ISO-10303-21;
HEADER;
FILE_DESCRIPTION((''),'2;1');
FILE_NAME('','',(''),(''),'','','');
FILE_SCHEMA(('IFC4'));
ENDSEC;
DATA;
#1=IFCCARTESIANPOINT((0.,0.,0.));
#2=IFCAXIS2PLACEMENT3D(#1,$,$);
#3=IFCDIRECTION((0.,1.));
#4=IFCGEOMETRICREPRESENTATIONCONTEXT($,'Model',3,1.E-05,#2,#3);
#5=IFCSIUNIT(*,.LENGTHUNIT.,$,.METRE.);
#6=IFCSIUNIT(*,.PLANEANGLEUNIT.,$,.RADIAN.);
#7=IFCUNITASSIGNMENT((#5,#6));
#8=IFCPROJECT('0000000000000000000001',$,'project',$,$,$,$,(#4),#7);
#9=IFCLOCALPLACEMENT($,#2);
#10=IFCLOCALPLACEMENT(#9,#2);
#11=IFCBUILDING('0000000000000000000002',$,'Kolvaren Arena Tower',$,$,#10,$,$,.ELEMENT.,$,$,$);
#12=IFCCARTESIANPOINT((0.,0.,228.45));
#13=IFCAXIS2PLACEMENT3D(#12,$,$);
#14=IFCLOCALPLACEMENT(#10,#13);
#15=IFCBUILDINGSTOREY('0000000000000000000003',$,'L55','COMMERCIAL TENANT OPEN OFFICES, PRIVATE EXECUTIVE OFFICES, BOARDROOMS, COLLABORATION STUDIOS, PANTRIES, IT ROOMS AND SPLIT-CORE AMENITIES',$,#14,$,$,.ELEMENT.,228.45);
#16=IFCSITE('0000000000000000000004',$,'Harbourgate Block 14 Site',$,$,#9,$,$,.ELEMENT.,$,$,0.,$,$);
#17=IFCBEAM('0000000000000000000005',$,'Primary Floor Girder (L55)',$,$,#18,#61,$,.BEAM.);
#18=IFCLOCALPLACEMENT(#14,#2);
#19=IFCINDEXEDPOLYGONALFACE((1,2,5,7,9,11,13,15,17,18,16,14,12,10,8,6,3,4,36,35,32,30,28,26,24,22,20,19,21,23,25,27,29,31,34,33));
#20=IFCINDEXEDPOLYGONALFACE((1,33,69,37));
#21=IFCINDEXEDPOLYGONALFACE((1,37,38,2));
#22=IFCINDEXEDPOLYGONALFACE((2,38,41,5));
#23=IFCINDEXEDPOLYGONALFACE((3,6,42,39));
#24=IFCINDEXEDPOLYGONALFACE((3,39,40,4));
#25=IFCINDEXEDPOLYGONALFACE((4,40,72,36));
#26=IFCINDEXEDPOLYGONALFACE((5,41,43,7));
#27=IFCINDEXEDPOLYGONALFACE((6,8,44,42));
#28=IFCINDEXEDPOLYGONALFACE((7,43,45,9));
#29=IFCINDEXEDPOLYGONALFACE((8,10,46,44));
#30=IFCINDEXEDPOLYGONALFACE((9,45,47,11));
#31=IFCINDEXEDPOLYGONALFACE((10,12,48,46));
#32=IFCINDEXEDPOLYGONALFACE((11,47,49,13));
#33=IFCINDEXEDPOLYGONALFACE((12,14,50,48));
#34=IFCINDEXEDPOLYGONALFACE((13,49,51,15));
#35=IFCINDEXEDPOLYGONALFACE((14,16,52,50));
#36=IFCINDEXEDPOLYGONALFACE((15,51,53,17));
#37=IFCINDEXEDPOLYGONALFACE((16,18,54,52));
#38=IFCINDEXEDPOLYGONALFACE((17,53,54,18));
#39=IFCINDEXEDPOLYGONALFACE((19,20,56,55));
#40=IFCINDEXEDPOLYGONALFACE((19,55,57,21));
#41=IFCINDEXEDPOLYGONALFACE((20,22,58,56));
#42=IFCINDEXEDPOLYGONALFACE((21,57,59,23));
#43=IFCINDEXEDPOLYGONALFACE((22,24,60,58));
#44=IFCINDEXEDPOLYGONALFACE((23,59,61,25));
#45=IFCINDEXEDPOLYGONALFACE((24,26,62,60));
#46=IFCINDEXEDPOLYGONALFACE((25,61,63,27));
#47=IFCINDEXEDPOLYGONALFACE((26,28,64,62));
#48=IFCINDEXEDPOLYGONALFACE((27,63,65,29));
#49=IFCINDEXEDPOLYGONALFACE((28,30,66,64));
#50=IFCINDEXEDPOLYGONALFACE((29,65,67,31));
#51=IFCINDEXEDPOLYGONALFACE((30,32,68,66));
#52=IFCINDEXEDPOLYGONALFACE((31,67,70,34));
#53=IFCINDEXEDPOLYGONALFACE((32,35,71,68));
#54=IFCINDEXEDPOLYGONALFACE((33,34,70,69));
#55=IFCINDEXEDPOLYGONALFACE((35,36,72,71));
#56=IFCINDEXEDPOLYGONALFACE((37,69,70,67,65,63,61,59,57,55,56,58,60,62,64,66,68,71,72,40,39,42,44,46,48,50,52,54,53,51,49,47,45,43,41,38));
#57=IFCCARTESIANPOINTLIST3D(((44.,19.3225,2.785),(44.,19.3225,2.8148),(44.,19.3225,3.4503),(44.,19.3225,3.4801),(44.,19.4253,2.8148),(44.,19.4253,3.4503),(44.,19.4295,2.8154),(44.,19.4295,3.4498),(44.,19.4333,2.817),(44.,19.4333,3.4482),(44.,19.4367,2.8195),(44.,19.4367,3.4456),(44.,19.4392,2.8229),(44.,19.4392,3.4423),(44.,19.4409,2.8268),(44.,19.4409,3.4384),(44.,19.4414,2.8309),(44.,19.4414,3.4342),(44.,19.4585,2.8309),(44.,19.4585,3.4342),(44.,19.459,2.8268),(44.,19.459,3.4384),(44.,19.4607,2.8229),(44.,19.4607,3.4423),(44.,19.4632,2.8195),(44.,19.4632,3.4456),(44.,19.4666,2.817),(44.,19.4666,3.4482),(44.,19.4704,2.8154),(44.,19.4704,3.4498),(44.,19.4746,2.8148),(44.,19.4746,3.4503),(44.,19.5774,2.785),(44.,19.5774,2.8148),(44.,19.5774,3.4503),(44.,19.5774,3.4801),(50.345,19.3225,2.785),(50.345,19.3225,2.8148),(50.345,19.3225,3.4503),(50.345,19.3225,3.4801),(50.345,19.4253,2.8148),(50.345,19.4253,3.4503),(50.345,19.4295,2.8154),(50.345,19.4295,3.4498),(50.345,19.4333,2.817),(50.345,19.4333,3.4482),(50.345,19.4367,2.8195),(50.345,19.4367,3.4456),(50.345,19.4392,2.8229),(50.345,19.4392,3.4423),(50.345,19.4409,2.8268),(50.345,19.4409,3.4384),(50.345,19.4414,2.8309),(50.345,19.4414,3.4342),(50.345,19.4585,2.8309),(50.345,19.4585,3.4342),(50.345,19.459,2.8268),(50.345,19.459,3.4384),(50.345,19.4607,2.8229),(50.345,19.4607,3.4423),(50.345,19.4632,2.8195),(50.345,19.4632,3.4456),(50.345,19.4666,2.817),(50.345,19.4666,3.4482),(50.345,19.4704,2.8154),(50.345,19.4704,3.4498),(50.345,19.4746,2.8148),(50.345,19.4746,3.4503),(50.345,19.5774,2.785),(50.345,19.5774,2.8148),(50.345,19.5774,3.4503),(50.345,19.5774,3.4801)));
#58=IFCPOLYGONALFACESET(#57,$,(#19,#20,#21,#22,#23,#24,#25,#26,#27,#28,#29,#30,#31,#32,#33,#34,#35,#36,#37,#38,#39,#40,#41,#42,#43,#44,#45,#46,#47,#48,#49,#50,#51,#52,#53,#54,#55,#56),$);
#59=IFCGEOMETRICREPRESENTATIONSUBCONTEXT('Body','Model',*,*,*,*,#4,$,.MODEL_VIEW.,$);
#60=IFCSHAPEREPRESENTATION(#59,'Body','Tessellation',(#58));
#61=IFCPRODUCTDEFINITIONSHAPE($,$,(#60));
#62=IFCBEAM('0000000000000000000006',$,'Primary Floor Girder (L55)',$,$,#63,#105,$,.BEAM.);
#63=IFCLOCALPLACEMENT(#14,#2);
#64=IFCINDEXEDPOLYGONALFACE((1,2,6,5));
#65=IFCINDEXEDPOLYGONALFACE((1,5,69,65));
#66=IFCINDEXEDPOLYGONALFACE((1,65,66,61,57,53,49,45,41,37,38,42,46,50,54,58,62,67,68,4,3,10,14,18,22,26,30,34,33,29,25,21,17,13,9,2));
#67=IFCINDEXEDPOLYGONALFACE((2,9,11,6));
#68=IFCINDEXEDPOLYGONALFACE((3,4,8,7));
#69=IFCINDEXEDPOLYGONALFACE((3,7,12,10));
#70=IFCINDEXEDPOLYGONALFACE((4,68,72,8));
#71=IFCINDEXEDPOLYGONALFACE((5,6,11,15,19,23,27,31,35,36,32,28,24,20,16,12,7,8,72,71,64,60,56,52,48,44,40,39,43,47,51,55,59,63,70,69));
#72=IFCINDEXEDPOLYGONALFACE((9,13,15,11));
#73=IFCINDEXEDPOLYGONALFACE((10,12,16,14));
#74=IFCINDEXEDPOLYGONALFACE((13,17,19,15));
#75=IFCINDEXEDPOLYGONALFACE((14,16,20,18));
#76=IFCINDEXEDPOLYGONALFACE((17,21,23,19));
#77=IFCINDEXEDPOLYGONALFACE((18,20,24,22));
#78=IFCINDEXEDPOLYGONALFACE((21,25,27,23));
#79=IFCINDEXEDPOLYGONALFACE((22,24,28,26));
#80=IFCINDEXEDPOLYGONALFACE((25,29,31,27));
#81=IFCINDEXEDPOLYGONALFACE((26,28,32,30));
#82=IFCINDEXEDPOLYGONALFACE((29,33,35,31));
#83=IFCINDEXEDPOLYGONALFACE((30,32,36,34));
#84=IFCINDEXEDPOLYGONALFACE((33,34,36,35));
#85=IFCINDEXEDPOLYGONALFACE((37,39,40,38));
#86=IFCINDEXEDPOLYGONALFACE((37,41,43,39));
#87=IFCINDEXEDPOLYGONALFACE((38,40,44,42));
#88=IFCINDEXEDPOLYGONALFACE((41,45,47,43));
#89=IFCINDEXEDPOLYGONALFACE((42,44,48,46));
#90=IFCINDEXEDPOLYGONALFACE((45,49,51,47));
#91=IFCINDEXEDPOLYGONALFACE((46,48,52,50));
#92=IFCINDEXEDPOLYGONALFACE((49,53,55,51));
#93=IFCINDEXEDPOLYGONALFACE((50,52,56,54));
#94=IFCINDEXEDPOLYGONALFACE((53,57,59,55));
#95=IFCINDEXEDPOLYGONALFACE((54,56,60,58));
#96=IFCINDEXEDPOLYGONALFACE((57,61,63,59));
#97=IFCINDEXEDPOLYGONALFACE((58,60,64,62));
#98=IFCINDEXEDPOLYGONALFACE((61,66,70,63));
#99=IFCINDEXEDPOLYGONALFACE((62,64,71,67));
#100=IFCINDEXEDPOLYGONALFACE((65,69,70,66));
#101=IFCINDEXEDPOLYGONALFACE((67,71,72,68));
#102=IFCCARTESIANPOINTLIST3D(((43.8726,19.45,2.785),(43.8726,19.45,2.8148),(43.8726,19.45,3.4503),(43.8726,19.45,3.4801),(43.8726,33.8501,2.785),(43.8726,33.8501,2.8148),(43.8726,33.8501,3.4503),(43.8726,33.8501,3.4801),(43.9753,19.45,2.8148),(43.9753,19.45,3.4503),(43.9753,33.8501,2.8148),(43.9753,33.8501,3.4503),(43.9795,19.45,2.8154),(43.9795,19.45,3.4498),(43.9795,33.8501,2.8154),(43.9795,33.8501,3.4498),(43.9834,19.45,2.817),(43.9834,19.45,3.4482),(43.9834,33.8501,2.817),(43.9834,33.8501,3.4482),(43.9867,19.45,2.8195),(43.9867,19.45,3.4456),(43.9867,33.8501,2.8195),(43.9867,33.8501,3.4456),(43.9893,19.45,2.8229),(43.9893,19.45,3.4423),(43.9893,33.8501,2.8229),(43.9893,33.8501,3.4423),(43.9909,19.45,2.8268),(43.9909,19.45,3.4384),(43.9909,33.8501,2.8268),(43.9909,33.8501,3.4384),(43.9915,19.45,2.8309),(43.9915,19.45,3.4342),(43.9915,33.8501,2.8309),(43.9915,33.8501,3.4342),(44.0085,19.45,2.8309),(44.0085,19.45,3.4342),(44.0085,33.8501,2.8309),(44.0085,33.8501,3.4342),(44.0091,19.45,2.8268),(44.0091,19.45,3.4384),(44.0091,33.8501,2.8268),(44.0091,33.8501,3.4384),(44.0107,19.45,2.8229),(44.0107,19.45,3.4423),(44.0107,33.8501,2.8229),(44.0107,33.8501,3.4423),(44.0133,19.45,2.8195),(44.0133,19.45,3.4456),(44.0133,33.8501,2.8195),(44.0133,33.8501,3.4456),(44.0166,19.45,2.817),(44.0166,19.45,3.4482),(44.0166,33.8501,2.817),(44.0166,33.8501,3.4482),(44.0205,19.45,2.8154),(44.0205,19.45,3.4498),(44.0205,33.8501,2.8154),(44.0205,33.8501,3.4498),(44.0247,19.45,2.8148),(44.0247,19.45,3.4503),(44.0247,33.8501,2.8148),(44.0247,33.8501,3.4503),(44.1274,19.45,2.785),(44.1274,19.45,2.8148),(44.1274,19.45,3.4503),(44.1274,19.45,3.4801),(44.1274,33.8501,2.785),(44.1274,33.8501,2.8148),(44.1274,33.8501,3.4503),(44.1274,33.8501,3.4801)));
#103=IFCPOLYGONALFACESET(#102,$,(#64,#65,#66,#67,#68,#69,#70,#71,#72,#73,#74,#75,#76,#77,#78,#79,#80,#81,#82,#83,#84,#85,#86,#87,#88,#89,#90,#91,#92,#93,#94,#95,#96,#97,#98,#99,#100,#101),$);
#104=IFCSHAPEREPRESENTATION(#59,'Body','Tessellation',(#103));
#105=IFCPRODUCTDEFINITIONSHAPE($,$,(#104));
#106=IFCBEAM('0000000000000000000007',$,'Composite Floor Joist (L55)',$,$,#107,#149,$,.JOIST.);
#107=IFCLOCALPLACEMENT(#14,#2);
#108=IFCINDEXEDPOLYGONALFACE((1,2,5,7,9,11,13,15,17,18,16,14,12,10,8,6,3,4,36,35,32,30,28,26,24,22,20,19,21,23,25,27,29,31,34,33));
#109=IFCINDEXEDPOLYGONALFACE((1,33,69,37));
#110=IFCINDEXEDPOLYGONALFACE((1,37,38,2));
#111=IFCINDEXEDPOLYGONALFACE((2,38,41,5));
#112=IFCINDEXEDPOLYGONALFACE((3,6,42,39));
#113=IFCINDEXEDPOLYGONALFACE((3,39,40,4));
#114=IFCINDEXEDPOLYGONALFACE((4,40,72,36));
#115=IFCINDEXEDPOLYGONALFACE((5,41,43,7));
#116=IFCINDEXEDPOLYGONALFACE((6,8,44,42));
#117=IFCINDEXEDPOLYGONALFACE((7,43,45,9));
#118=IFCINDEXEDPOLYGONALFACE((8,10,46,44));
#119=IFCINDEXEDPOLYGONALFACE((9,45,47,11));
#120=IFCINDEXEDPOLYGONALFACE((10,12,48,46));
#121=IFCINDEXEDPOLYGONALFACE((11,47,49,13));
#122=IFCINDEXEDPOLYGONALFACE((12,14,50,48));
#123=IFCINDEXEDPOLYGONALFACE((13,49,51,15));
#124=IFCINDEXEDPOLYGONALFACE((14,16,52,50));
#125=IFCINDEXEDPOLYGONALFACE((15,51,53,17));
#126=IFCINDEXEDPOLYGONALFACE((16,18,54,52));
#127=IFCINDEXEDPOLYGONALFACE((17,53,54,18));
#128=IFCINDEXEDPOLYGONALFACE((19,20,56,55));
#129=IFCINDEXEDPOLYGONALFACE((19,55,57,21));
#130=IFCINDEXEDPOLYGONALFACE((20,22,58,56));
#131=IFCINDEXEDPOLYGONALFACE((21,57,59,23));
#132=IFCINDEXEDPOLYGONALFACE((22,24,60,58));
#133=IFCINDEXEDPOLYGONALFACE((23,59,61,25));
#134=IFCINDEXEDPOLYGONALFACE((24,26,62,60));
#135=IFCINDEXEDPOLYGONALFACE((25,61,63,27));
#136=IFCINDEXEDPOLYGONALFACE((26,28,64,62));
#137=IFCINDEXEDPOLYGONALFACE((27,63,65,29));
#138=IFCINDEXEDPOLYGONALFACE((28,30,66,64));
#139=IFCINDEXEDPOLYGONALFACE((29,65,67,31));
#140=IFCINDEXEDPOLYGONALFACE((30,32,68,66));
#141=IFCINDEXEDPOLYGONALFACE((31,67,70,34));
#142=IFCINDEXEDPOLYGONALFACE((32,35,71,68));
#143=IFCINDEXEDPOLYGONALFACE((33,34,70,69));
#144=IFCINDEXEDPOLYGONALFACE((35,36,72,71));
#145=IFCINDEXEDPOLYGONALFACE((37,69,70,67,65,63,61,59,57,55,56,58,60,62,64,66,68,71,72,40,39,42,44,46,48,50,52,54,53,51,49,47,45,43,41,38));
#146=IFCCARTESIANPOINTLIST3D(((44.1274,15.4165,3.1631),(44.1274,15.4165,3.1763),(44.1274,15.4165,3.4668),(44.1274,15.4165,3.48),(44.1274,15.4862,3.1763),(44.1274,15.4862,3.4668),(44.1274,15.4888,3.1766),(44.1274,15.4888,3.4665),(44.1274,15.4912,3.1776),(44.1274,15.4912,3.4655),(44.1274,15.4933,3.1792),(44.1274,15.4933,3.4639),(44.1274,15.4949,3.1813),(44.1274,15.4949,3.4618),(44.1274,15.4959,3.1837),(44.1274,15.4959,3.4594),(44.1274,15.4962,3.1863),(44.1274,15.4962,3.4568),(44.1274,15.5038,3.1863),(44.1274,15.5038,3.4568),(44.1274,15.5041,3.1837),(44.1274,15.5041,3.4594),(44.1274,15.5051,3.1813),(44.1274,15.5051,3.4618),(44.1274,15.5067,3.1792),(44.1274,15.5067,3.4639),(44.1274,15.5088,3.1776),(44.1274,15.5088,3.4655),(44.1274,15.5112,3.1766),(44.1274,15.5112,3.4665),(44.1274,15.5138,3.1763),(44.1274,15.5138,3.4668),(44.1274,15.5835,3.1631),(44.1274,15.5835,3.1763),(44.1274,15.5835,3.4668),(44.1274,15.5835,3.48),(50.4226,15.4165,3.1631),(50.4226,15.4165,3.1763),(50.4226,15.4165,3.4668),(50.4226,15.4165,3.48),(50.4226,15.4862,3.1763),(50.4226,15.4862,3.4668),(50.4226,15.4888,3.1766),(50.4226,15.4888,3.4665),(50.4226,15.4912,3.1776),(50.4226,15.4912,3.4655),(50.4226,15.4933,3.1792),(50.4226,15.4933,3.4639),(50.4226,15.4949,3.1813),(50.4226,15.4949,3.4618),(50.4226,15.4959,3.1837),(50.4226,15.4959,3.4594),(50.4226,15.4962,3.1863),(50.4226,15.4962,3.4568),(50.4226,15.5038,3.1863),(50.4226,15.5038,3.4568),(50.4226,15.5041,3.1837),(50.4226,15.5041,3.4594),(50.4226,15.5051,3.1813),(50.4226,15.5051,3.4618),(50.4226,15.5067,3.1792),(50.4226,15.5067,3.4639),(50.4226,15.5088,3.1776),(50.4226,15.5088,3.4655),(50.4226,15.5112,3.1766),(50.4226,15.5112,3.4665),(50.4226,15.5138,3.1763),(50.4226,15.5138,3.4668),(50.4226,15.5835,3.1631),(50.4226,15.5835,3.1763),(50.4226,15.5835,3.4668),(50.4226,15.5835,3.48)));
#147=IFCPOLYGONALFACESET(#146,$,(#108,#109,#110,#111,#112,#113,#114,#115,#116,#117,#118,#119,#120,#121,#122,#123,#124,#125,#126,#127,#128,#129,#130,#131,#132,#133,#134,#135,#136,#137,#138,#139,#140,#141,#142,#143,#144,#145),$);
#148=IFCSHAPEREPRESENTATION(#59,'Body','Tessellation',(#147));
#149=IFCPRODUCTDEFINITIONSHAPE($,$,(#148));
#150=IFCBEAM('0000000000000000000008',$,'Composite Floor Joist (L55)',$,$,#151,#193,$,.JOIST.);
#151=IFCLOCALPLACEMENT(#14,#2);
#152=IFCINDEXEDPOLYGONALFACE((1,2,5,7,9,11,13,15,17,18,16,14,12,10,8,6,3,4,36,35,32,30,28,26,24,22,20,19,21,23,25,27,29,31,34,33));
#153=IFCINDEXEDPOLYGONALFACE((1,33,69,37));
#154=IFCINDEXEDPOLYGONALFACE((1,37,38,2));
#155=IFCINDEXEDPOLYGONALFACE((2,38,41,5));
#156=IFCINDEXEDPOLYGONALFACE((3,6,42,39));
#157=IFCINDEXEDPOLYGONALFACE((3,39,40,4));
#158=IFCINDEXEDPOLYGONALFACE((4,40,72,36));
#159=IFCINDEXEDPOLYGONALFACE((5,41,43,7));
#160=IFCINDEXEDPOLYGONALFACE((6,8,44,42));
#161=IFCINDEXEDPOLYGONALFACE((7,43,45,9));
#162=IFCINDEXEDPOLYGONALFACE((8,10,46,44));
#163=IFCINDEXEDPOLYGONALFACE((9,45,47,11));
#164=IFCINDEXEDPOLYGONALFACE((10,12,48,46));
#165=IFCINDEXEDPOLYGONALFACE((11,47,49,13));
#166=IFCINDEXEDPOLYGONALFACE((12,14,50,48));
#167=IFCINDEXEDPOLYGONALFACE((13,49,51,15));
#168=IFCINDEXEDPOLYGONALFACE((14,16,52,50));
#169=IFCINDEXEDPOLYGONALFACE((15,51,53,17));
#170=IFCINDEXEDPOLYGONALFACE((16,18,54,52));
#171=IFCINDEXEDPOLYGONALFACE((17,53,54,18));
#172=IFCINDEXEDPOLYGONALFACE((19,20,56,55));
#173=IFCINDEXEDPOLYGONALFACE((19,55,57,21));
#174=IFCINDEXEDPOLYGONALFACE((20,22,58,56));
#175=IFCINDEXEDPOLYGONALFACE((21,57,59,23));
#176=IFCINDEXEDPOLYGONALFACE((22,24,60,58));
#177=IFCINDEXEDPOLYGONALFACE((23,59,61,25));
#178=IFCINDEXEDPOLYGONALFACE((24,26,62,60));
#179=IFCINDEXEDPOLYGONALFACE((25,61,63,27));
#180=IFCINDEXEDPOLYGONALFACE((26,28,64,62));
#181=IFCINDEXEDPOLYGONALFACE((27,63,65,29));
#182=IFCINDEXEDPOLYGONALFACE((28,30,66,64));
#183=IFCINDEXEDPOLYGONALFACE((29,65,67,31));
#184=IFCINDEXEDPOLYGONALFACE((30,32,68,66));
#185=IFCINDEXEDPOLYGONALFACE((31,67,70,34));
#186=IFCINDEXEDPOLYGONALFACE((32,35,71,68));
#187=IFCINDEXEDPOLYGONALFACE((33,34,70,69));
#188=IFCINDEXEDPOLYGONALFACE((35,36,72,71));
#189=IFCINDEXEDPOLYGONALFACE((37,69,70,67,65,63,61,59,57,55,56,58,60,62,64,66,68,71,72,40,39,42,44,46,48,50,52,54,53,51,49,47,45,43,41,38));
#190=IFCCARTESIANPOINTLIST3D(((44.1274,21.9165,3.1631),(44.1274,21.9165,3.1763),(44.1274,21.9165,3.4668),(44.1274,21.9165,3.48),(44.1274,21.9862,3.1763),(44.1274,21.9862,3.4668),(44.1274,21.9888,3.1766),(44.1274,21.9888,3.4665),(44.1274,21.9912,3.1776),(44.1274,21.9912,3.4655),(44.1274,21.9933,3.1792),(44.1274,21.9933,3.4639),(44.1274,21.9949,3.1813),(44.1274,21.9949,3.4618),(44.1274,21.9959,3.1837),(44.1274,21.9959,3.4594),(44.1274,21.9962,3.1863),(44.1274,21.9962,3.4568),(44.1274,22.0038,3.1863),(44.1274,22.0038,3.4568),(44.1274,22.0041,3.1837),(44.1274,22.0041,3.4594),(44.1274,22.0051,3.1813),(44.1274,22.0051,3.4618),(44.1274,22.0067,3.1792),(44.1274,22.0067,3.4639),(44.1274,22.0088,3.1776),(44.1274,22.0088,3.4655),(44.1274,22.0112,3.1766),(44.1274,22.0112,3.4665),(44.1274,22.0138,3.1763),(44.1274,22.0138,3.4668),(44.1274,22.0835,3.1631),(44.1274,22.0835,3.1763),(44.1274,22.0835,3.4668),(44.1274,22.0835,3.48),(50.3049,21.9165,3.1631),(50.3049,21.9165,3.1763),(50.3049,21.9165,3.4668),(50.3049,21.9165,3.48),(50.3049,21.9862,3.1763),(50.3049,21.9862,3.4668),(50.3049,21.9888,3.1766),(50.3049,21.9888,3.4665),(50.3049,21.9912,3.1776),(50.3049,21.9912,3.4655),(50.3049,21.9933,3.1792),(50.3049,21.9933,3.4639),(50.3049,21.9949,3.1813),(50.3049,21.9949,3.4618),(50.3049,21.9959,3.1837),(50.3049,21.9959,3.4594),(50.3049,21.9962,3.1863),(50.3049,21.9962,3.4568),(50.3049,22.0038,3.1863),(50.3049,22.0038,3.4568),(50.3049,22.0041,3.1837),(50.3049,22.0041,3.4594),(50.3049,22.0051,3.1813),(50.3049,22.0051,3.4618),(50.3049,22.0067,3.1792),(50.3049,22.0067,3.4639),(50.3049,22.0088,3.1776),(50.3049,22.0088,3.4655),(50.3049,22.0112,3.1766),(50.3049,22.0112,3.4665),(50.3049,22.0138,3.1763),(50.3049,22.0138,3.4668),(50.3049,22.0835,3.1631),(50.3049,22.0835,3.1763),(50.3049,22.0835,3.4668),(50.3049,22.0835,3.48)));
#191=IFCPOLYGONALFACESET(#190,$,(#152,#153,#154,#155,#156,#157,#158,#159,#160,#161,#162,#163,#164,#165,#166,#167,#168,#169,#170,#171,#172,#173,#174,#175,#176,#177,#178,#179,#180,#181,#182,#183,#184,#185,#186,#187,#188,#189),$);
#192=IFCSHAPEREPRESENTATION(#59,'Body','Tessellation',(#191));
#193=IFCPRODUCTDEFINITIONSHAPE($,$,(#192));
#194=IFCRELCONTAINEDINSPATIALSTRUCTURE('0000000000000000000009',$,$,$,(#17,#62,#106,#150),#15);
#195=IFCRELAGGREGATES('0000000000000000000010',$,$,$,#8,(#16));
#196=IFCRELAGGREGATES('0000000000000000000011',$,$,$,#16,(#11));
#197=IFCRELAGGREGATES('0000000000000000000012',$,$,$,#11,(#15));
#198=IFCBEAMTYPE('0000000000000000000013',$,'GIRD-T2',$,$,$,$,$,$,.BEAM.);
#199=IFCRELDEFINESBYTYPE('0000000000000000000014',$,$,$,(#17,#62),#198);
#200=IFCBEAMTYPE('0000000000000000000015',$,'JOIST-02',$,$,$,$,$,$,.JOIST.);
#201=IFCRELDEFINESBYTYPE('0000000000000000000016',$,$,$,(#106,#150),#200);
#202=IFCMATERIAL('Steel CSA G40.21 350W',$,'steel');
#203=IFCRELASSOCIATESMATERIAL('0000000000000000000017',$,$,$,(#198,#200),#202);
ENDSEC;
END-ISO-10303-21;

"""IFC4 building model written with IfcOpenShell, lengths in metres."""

from ifc_helpers import new_model, si_unit, direction, frame, origin, origin_2d, place, context, subcontext, project, spatial, i_section, extrude, material, material_profile, profile_set, type_object, element, save


model = new_model("IFC4")

# Units and contexts
model_context = context("Model", 3, precision=1e-05, world=origin(), true_north=direction((0.0, 1.0)))
body_context = subcontext(model_context, "Body", "Model", "MODEL_VIEW")
ifc_project = project(units=[si_unit("LENGTHUNIT", "METRE"), si_unit("PLANEANGLEUNIT", "RADIAN")], contexts=[model_context])

# Site, building, storey
site_placement = place(None, origin())
site = spatial("IfcSite", under=ifc_project, at=site_placement, Name="Harbourgate Block 14 Site", CompositionType="ELEMENT", RefElevation=0.0)
building_placement = place(site_placement, origin())
building = spatial("IfcBuilding", under=site, at=building_placement, Name="Kolvaren Arena Tower", CompositionType="ELEMENT")
storey_placement = place(building_placement, frame((0.0, 0.0, 228.45)))
storey = spatial("IfcBuildingStorey", under=building, at=storey_placement, Name="L55", Description="COMMERCIAL TENANT OPEN OFFICES, PRIVATE EXECUTIVE OFFICES, BOARDROOMS, COLLABORATION STUDIOS, PANTRIES, IT ROOMS AND SPLIT-CORE AMENITIES", CompositionType="ELEMENT", Elevation=228.45)

# Beams
ifc_material_1 = material(Name="Steel CSA G40.21 350W", Category="steel")
ifc_material_profile_1 = material_profile(ifc_material_1, i_section(OverallWidth=0.2549, OverallDepth=0.6951, WebThickness=0.0171, FlangeThickness=0.0298, FilletRadius=0.0161, at=origin_2d()), Name="W690x217")
ifc_profile_set_1 = profile_set([ifc_material_profile_1], Name="Steel CSA G40.21 350W")
beam_type_1 = type_object("IfcBeamType", Name="GIRD-T2", PredefinedType="BEAM", material=ifc_profile_set_1)
beam_1_placement = place(storey_placement, frame((44.0, 19.45, 3.1326), z_axis=(1.0, 0.0, 0.0), x_axis=(0.0, 1.0, 0.0)))
element("IfcBeam", 1, at=beam_1_placement, inside=storey, type_object=beam_type_1, Name="Primary Floor Girder (L55)", PredefinedType="BEAM", context=body_context, shape_type="SweptSolid", body=[
    extrude(i_section(OverallWidth=0.2549, OverallDepth=0.6951, WebThickness=0.0171, FlangeThickness=0.0298, FilletRadius=0.0161, at=origin_2d()), origin(), (0.0, 0.0, 1.0), 6.345),
])
beam_2_placement = place(storey_placement, frame((44.0, 19.45, 3.1326), z_axis=(0.0, 1.0, 0.0), x_axis=(-1.0, 0.0, 0.0)))
element("IfcBeam", 2, at=beam_2_placement, inside=storey, type_object=beam_type_1, Name="Primary Floor Girder (L55)", PredefinedType="BEAM", context=body_context, shape_type="SweptSolid", body=[
    extrude(i_section(OverallWidth=0.2549, OverallDepth=0.6951, WebThickness=0.0171, FlangeThickness=0.0298, FilletRadius=0.0161, at=origin_2d()), origin(), (0.0, 0.0, 1.0), 14.4001),
])
ifc_material_profile_2 = material_profile(ifc_material_1, i_section(OverallWidth=0.167, OverallDepth=0.3169, WebThickness=0.0076, FlangeThickness=0.0132, FilletRadius=0.01, at=origin_2d()), Name="W310x52")
ifc_profile_set_2 = profile_set([ifc_material_profile_2], Name="Steel CSA G40.21 350W")
beam_type_2 = type_object("IfcBeamType", Name="JOIST-02", PredefinedType="JOIST", material=ifc_profile_set_2)
beam_3_placement = place(storey_placement, frame((44.1274, 15.5, 3.3215), z_axis=(1.0, 0.0, 0.0), x_axis=(0.0, 1.0, 0.0)))
element("IfcBeam", 3, at=beam_3_placement, inside=storey, type_object=beam_type_2, Name="Composite Floor Joist (L55)", PredefinedType="JOIST", context=body_context, shape_type="SweptSolid", body=[
    extrude(i_section(OverallWidth=0.167, OverallDepth=0.3169, WebThickness=0.0076, FlangeThickness=0.0132, FilletRadius=0.01, at=origin_2d()), origin(), (0.0, 0.0, 1.0), 6.2952),
])
beam_4_placement = place(storey_placement, frame((44.1274, 22.0, 3.3215), z_axis=(1.0, 0.0, 0.0), x_axis=(0.0, 1.0, 0.0)))
element("IfcBeam", 4, at=beam_4_placement, inside=storey, type_object=beam_type_2, Name="Composite Floor Joist (L55)", PredefinedType="JOIST", context=body_context, shape_type="SweptSolid", body=[
    extrude(i_section(OverallWidth=0.167, OverallDepth=0.3169, WebThickness=0.0076, FlangeThickness=0.0132, FilletRadius=0.01, at=origin_2d()), origin(), (0.0, 0.0, 1.0), 6.1775),
])

save(model, "model.ifc")
